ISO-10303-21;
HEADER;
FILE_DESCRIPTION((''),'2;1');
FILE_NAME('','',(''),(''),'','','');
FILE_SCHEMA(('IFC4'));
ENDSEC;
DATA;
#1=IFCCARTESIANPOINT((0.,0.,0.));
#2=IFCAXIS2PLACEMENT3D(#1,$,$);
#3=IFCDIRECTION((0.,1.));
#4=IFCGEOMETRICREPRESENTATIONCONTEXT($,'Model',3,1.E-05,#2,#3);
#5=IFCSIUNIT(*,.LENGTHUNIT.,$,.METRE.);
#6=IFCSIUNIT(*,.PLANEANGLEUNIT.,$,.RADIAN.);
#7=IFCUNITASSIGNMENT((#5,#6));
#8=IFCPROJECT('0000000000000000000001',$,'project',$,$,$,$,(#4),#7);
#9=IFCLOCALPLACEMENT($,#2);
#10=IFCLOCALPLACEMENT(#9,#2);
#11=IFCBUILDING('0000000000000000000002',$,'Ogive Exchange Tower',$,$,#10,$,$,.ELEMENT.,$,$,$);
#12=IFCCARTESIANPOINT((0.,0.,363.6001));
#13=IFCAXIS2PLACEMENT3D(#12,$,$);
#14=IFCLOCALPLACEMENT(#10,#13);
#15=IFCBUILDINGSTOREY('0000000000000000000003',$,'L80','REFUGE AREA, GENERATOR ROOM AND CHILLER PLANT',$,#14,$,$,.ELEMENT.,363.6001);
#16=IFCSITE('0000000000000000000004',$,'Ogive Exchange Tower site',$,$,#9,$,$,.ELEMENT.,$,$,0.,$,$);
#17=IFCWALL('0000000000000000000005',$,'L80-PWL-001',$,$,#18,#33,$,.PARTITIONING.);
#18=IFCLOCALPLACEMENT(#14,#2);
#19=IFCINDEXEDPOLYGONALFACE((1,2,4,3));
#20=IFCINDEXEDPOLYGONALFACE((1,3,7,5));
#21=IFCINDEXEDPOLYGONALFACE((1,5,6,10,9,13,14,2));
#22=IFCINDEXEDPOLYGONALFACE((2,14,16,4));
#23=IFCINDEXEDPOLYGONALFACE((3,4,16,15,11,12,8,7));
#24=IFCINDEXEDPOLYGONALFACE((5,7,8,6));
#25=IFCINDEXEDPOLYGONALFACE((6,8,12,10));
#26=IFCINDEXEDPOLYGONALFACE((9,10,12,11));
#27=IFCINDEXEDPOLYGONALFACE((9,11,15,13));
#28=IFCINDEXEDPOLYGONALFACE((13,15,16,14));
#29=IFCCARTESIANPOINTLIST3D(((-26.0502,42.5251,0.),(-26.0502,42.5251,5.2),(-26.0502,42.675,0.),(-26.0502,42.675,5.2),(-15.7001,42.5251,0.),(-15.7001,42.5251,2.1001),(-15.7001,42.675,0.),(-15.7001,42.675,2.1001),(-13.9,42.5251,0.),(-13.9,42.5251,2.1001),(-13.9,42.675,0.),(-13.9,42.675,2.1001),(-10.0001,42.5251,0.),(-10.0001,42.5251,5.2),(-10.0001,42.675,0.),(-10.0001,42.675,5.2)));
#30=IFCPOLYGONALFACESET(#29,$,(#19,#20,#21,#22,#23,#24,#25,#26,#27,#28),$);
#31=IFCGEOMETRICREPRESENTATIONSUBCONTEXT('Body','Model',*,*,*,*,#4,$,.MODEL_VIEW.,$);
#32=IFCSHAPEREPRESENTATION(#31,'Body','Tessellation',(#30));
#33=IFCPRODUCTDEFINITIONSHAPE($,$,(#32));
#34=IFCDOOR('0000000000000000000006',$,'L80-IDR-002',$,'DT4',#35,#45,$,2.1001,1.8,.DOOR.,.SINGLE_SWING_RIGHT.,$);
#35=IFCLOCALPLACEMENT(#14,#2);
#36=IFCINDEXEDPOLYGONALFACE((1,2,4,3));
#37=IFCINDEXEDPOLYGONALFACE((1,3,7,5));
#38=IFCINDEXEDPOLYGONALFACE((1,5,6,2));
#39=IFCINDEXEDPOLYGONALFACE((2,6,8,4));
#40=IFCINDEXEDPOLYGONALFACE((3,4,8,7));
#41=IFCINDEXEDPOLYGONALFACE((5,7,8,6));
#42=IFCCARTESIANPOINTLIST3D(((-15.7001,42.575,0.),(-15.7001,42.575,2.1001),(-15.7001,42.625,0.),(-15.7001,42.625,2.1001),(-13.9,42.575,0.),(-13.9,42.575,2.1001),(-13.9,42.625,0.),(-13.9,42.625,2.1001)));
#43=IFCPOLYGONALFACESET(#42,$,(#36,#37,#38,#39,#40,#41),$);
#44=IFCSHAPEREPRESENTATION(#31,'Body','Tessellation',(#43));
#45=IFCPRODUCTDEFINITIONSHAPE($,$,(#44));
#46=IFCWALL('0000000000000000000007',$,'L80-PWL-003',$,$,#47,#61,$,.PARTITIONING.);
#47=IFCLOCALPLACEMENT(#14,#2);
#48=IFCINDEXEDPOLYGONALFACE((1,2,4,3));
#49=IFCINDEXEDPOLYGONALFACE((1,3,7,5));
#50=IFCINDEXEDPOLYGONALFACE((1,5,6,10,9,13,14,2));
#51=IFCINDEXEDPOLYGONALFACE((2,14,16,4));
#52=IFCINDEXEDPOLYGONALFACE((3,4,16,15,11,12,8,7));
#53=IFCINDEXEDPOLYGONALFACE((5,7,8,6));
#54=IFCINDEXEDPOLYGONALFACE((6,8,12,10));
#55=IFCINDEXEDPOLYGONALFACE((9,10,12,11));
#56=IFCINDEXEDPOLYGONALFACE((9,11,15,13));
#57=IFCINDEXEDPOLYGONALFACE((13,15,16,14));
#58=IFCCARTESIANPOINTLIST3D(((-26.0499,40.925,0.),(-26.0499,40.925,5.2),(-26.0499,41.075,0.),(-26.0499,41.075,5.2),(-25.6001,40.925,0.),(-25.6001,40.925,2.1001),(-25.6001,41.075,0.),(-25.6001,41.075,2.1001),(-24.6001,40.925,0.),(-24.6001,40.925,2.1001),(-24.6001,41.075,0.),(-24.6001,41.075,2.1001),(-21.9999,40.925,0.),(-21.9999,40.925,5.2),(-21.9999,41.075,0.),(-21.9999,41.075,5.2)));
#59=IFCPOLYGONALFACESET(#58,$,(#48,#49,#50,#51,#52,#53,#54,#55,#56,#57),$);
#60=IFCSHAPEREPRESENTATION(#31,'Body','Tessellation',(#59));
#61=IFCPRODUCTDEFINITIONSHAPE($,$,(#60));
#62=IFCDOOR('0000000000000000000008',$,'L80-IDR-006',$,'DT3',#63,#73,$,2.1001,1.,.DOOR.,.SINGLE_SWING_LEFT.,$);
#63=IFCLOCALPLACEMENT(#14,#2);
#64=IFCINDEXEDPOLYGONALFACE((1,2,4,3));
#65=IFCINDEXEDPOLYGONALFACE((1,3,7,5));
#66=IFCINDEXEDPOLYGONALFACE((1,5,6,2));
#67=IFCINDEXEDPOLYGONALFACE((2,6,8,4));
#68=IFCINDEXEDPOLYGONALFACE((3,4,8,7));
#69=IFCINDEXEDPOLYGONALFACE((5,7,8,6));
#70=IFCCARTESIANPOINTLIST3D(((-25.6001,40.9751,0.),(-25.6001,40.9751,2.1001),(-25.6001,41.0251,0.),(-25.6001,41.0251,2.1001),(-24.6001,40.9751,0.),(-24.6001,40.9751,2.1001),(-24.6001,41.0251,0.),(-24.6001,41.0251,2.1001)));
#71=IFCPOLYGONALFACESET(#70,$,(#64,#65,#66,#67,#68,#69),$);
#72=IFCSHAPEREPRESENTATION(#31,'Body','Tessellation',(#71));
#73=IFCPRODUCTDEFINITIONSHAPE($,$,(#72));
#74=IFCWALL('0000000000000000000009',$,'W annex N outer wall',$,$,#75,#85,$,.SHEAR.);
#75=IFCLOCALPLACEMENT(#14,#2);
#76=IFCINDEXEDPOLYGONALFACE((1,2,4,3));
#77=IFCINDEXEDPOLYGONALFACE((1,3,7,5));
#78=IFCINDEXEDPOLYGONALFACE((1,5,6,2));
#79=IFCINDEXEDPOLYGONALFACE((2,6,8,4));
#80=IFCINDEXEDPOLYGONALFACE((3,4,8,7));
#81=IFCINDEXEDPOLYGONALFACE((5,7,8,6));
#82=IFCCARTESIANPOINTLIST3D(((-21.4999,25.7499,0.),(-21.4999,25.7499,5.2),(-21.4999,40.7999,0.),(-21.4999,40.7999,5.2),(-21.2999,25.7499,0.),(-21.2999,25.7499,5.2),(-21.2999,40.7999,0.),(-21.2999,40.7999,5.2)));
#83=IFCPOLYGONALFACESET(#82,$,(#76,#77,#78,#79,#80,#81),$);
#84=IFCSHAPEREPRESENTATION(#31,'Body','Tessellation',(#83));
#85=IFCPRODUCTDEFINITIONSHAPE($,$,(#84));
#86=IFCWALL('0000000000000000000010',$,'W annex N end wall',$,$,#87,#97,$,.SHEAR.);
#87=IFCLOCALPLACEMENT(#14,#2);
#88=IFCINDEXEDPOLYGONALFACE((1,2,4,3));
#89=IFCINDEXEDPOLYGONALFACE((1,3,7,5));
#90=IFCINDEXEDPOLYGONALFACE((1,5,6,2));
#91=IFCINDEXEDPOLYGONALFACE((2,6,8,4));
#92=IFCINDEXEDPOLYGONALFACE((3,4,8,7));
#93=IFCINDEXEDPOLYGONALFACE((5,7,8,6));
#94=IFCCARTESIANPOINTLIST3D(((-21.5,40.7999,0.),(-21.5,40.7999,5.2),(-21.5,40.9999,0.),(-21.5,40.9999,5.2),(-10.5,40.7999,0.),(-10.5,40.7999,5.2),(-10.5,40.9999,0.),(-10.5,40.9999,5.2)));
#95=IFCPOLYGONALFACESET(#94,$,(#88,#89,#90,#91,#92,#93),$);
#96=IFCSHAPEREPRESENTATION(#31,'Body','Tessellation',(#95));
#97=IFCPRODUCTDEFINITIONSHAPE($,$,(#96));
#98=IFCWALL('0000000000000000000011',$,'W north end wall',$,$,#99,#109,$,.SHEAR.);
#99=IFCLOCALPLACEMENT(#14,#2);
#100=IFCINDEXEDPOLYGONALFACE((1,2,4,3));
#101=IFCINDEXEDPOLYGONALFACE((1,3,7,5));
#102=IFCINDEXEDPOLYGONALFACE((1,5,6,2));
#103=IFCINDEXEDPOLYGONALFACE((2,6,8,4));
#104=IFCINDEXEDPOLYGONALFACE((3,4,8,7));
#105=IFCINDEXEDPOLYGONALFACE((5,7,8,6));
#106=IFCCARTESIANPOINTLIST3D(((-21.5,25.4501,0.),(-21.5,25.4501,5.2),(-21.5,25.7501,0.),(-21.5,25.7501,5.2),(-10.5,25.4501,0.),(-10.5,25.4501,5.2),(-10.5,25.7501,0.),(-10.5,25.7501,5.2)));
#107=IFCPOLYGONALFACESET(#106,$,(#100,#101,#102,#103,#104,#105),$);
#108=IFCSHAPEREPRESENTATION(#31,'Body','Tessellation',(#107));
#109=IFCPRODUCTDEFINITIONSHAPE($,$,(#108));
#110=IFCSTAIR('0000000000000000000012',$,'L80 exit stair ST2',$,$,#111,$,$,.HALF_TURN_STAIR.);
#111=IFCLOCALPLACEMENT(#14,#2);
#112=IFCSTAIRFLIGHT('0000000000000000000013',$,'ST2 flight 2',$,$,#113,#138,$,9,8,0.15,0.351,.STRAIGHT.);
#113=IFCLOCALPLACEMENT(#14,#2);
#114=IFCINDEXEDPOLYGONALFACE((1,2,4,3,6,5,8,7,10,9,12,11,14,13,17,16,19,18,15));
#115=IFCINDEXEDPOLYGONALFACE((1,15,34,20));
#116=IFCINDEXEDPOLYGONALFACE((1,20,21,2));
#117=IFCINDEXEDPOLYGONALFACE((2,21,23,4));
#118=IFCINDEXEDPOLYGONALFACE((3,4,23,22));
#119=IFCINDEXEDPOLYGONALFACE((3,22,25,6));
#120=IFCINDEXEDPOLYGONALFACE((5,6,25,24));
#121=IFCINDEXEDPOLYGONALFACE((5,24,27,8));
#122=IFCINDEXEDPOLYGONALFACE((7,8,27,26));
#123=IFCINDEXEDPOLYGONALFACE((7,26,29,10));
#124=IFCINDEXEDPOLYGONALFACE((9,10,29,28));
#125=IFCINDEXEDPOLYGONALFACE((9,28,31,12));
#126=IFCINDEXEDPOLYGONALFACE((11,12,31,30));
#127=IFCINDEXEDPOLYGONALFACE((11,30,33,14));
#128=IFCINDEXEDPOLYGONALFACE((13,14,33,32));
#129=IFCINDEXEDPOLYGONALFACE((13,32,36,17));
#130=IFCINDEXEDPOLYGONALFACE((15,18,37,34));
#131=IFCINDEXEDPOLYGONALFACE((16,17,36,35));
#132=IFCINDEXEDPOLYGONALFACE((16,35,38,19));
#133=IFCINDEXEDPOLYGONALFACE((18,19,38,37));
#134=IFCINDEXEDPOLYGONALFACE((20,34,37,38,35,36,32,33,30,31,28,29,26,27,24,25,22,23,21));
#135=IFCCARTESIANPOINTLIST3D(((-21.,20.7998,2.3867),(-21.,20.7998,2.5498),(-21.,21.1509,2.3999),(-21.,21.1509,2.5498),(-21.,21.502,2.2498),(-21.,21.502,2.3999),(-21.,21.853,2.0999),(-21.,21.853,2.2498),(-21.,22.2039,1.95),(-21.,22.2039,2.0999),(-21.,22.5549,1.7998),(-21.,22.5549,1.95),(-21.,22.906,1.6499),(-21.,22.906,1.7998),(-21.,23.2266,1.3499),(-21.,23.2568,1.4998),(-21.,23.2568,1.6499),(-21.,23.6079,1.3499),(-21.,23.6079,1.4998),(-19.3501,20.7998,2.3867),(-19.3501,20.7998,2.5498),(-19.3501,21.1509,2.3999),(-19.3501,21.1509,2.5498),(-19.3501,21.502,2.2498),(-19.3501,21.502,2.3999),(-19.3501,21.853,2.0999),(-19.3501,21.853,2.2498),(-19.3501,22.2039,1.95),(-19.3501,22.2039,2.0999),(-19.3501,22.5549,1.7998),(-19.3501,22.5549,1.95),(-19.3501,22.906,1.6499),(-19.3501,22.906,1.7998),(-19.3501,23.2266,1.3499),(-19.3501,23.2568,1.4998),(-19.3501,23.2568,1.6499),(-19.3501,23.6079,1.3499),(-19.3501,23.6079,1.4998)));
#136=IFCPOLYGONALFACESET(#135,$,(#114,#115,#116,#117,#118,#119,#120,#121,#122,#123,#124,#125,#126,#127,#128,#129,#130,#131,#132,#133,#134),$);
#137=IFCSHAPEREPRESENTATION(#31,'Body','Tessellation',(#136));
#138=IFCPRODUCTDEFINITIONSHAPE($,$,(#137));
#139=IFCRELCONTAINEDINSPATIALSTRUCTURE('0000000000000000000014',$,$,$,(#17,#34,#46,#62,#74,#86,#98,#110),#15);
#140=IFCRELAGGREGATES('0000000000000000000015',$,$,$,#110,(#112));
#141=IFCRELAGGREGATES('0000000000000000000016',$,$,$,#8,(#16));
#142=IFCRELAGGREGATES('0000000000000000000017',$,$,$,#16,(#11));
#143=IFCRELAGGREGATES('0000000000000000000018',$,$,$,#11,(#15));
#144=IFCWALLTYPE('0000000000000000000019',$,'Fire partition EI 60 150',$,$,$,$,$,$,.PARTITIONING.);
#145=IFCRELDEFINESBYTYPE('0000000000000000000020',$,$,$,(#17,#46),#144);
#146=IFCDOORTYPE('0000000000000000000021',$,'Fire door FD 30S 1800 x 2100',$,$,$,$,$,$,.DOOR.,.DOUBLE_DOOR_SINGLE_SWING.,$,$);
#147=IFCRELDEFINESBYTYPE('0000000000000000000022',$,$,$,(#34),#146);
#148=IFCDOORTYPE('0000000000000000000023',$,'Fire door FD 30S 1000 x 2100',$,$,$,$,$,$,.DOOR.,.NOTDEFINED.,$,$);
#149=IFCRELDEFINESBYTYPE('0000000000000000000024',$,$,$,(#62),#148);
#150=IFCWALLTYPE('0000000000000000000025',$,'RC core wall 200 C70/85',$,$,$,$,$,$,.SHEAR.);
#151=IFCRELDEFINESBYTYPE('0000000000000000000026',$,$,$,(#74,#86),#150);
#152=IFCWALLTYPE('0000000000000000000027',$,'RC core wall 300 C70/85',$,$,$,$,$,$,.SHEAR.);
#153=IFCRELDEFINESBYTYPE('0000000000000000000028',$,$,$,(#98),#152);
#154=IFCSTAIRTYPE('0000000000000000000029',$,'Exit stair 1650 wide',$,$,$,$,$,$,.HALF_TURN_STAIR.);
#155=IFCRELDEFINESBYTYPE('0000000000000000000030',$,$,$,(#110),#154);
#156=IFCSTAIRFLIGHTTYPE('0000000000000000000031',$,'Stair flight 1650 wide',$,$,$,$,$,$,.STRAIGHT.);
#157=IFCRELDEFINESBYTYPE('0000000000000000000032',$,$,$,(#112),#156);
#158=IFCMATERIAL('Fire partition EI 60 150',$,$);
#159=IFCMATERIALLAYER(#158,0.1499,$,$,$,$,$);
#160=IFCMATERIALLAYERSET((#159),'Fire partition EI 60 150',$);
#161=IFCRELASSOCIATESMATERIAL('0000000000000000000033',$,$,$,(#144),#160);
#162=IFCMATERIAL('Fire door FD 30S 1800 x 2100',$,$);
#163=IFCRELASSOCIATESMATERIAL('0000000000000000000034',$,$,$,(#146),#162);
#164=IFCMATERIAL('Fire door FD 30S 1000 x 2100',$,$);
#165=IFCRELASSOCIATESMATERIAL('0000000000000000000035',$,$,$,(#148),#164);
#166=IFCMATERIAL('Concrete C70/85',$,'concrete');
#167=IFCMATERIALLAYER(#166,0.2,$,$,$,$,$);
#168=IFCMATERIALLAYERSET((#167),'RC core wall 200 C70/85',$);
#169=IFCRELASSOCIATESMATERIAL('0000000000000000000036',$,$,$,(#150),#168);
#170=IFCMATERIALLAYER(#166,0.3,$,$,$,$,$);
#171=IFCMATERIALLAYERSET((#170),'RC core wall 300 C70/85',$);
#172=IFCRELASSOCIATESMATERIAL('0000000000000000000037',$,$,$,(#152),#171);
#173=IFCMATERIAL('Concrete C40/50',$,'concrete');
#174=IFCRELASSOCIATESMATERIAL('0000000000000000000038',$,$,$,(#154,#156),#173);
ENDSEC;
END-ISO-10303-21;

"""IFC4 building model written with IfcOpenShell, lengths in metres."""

from ifc_helpers import new_model, si_unit, direction, frame, frame_2d, origin, place, context, subcontext, project, spatial, polyline, rectangle, outline, extrude, material, layer, layer_set, type_object, element, fill, aggregate, save


model = new_model("IFC4")

# Units and contexts
model_context = context("Model", 3, precision=1e-05, world=origin(), true_north=direction((0.0, 1.0)))
body_context = subcontext(model_context, "Body", "Model", "MODEL_VIEW")
ifc_project = project(units=[si_unit("LENGTHUNIT", "METRE"), si_unit("PLANEANGLEUNIT", "RADIAN")], contexts=[model_context])

# Site, building, storey
site_placement = place(None, origin())
site = spatial("IfcSite", under=ifc_project, at=site_placement, Name="Ogive Exchange Tower site", CompositionType="ELEMENT", RefElevation=0.0)
building_placement = place(site_placement, origin())
building = spatial("IfcBuilding", under=site, at=building_placement, Name="Ogive Exchange Tower", CompositionType="ELEMENT")
storey_placement = place(building_placement, frame((0.0, 0.0, 363.6001)))
storey = spatial("IfcBuildingStorey", under=building, at=storey_placement, Name="L80", Description="REFUGE AREA, GENERATOR ROOM AND CHILLER PLANT", CompositionType="ELEMENT", Elevation=363.6001)

# Walls, openings, doors
ifc_material_1 = material(Name="Fire partition EI 60 150")
ifc_layer_1 = layer(ifc_material_1, 0.1499)
ifc_layer_set_1 = layer_set([ifc_layer_1], Name="Fire partition EI 60 150")
wall_type_1 = type_object("IfcWallType", Name="Fire partition EI 60 150", PredefinedType="PARTITIONING", material=ifc_layer_set_1)
wall_1_placement = place(storey_placement, frame((-26.05, 42.6001, 0.0), z_axis=(0.0, 0.0, 1.0), x_axis=(1.0, 0.0, 0.0)))
wall_1 = element("IfcWall", 1, at=wall_1_placement, inside=storey, type_object=wall_type_1, Name="L80-PWL-001", PredefinedType="PARTITIONING", context=body_context, shape_type="SweptSolid", body=[
    extrude(rectangle(XDim=16.05, YDim=0.1499, at=frame_2d((8.0249, 0.0))), origin(), (0.0, 0.0, 1.0), 5.2),
])
opening_1_placement = place(wall_1_placement, frame((10.3501, 0.0, 0.0)))
opening_1 = element("IfcOpeningElement", 2, at=opening_1_placement, cuts=wall_1, PredefinedType="OPENING", context=body_context, shape_type="SweptSolid", body=[
    extrude(rectangle(XDim=1.8, YDim=2.1001, at=frame_2d((0.8999, 1.05))), frame((0.0, 0.085, 0.0), z_axis=(0.0, -1.0, 0.0), x_axis=(1.0, 0.0, 0.0)), (0.0, 0.0, 1.0), 0.1699),
])
ifc_material_2 = material(Name="Fire door FD 30S 1800 x 2100")
door_type_1 = type_object("IfcDoorType", Name="Fire door FD 30S 1800 x 2100", OperationType="DOUBLE_DOOR_SINGLE_SWING", PredefinedType="DOOR", material=ifc_material_2)
door_1_placement = place(opening_1_placement, origin())
door_1 = element("IfcDoor", 3, at=door_1_placement, inside=storey, type_object=door_type_1, Name="L80-IDR-002", ObjectType="DT4", OperationType="SINGLE_SWING_RIGHT", OverallHeight=2.1001, OverallWidth=1.8, PredefinedType="DOOR", context=body_context, shape_type="SweptSolid", body=[
    extrude(rectangle(XDim=1.8, YDim=2.1001, at=frame_2d((0.8999, 1.05))), frame((0.0, 0.0249, 0.0), z_axis=(0.0, -1.0, 0.0), x_axis=(1.0, 0.0, 0.0)), (0.0, 0.0, 1.0), 0.05),
])
fill(opening_1, door_1)
wall_2_placement = place(storey_placement, frame((-22.0, 41.0, 0.0), z_axis=(0.0, 0.0, 1.0), x_axis=(-1.0, 0.0, 0.0)))
wall_2 = element("IfcWall", 4, at=wall_2_placement, inside=storey, type_object=wall_type_1, Name="L80-PWL-003", PredefinedType="PARTITIONING", context=body_context, shape_type="SweptSolid", body=[
    extrude(rectangle(XDim=4.05, YDim=0.1499, at=frame_2d((2.0249, 0.0))), origin(), (0.0, 0.0, 1.0), 5.2),
])
opening_2_placement = place(wall_2_placement, frame((2.6001, 0.0, 0.0)))
opening_2 = element("IfcOpeningElement", 5, at=opening_2_placement, cuts=wall_2, PredefinedType="OPENING", context=body_context, shape_type="SweptSolid", body=[
    extrude(rectangle(XDim=1.0, YDim=2.1001, at=frame_2d((0.5, 1.05))), frame((0.0, 0.085, 0.0), z_axis=(0.0, -1.0, 0.0), x_axis=(1.0, 0.0, 0.0)), (0.0, 0.0, 1.0), 0.1699),
])
ifc_material_3 = material(Name="Fire door FD 30S 1000 x 2100")
door_type_2 = type_object("IfcDoorType", Name="Fire door FD 30S 1000 x 2100", OperationType="NOTDEFINED", PredefinedType="DOOR", material=ifc_material_3)
door_2_placement = place(opening_2_placement, origin())
door_2 = element("IfcDoor", 6, at=door_2_placement, inside=storey, type_object=door_type_2, Name="L80-IDR-006", ObjectType="DT3", OperationType="SINGLE_SWING_LEFT", OverallHeight=2.1001, OverallWidth=1.0, PredefinedType="DOOR", context=body_context, shape_type="SweptSolid", body=[
    extrude(rectangle(XDim=1.0, YDim=2.1001, at=frame_2d((0.5, 1.05))), frame((0.0, 0.0249, 0.0), z_axis=(0.0, -1.0, 0.0), x_axis=(1.0, 0.0, 0.0)), (0.0, 0.0, 1.0), 0.05),
])
fill(opening_2, door_2)

# Walls
ifc_material_4 = material(Name="Concrete C70/85", Category="concrete")
ifc_layer_2 = layer(ifc_material_4, 0.2)
ifc_layer_set_2 = layer_set([ifc_layer_2], Name="RC core wall 200 C70/85")
wall_type_2 = type_object("IfcWallType", Name="RC core wall 200 C70/85", PredefinedType="SHEAR", material=ifc_layer_set_2)
wall_3_placement = place(storey_placement, frame((-21.3999, 25.75, 0.0), z_axis=(0.0, 0.0, 1.0), x_axis=(0.0, 1.0, 0.0)))
element("IfcWall", 7, at=wall_3_placement, inside=storey, type_object=wall_type_2, Name="W annex N outer wall", PredefinedType="SHEAR", context=body_context, shape_type="SweptSolid", body=[
    extrude(rectangle(XDim=15.05, YDim=0.2, at=frame_2d((7.5249, 0.0))), origin(), (0.0, 0.0, 1.0), 5.2),
])
wall_4_placement = place(storey_placement, frame((-21.5, 40.8999, 0.0), z_axis=(0.0, 0.0, 1.0), x_axis=(1.0, 0.0, 0.0)))
element("IfcWall", 8, at=wall_4_placement, inside=storey, type_object=wall_type_2, Name="W annex N end wall", PredefinedType="SHEAR", context=body_context, shape_type="SweptSolid", body=[
    extrude(rectangle(XDim=11.0, YDim=0.2, at=frame_2d((5.5, 0.0))), origin(), (0.0, 0.0, 1.0), 5.2),
])
ifc_layer_3 = layer(ifc_material_4, 0.3)
ifc_layer_set_3 = layer_set([ifc_layer_3], Name="RC core wall 300 C70/85")
wall_type_3 = type_object("IfcWallType", Name="RC core wall 300 C70/85", PredefinedType="SHEAR", material=ifc_layer_set_3)
wall_5_placement = place(storey_placement, frame((-21.5, 25.6001, 0.0), z_axis=(0.0, 0.0, 1.0), x_axis=(1.0, 0.0, 0.0)))
element("IfcWall", 9, at=wall_5_placement, inside=storey, type_object=wall_type_3, Name="W north end wall", PredefinedType="SHEAR", context=body_context, shape_type="SweptSolid", body=[
    extrude(rectangle(XDim=11.0, YDim=0.3, at=frame_2d((5.5, 0.0))), origin(), (0.0, 0.0, 1.0), 5.2),
])

# Stair, stair flight
ifc_material_5 = material(Name="Concrete C40/50", Category="concrete")
stair_type = type_object("IfcStairType", Name="Exit stair 1650 wide", PredefinedType="HALF_TURN_STAIR", material=ifc_material_5)
stair_placement = place(storey_placement, origin())
stair = element("IfcStair", 10, at=stair_placement, inside=storey, type_object=stair_type, Name="L80 exit stair ST2", PredefinedType="HALF_TURN_STAIR")
stair_flight_type = type_object("IfcStairFlightType", Name="Stair flight 1650 wide", PredefinedType="STRAIGHT", material=ifc_material_5)
stair_flight_placement = place(storey_placement, frame((-20.175, 23.6079, 1.3499), z_axis=(0.0, 0.0, 1.0), x_axis=(0.0, -1.0, 0.0)))
stair_flight = element("IfcStairFlight", 11, at=stair_flight_placement, type_object=stair_flight_type, Name="ST2 flight 2", NumberOfRisers=9, NumberOfTreads=8, PredefinedType="STRAIGHT", RiserHeight=0.15, TreadLength=0.351, context=body_context, shape_type="SweptSolid", body=[
    extrude(outline(polyline([(0.0, 0.0), (0.0, 0.1499), (0.3511, 0.1499), (0.3511, 0.3), (0.7019, 0.3), (0.7019, 0.45), (1.053, 0.45), (1.053, 0.6001), (1.4041, 0.6001), (1.4041, 0.75), (1.7549, 0.75), (1.7549, 0.8999), (2.106, 0.8999), (2.106, 1.05), (2.457, 1.05), (2.457, 1.2), (2.8081, 1.2), (2.8081, 1.3501), (2.8081, 1.0369), (0.3813, 0.0), (0.0, 0.0)])), frame((0.0, 0.825, 0.0), z_axis=(0.0, -1.0, 0.0), x_axis=(1.0, 0.0, 0.0)), (0.0, 0.0, 1.0), 1.6499),
])
aggregate(stair, [stair_flight])

save(model, "model.ifc")
